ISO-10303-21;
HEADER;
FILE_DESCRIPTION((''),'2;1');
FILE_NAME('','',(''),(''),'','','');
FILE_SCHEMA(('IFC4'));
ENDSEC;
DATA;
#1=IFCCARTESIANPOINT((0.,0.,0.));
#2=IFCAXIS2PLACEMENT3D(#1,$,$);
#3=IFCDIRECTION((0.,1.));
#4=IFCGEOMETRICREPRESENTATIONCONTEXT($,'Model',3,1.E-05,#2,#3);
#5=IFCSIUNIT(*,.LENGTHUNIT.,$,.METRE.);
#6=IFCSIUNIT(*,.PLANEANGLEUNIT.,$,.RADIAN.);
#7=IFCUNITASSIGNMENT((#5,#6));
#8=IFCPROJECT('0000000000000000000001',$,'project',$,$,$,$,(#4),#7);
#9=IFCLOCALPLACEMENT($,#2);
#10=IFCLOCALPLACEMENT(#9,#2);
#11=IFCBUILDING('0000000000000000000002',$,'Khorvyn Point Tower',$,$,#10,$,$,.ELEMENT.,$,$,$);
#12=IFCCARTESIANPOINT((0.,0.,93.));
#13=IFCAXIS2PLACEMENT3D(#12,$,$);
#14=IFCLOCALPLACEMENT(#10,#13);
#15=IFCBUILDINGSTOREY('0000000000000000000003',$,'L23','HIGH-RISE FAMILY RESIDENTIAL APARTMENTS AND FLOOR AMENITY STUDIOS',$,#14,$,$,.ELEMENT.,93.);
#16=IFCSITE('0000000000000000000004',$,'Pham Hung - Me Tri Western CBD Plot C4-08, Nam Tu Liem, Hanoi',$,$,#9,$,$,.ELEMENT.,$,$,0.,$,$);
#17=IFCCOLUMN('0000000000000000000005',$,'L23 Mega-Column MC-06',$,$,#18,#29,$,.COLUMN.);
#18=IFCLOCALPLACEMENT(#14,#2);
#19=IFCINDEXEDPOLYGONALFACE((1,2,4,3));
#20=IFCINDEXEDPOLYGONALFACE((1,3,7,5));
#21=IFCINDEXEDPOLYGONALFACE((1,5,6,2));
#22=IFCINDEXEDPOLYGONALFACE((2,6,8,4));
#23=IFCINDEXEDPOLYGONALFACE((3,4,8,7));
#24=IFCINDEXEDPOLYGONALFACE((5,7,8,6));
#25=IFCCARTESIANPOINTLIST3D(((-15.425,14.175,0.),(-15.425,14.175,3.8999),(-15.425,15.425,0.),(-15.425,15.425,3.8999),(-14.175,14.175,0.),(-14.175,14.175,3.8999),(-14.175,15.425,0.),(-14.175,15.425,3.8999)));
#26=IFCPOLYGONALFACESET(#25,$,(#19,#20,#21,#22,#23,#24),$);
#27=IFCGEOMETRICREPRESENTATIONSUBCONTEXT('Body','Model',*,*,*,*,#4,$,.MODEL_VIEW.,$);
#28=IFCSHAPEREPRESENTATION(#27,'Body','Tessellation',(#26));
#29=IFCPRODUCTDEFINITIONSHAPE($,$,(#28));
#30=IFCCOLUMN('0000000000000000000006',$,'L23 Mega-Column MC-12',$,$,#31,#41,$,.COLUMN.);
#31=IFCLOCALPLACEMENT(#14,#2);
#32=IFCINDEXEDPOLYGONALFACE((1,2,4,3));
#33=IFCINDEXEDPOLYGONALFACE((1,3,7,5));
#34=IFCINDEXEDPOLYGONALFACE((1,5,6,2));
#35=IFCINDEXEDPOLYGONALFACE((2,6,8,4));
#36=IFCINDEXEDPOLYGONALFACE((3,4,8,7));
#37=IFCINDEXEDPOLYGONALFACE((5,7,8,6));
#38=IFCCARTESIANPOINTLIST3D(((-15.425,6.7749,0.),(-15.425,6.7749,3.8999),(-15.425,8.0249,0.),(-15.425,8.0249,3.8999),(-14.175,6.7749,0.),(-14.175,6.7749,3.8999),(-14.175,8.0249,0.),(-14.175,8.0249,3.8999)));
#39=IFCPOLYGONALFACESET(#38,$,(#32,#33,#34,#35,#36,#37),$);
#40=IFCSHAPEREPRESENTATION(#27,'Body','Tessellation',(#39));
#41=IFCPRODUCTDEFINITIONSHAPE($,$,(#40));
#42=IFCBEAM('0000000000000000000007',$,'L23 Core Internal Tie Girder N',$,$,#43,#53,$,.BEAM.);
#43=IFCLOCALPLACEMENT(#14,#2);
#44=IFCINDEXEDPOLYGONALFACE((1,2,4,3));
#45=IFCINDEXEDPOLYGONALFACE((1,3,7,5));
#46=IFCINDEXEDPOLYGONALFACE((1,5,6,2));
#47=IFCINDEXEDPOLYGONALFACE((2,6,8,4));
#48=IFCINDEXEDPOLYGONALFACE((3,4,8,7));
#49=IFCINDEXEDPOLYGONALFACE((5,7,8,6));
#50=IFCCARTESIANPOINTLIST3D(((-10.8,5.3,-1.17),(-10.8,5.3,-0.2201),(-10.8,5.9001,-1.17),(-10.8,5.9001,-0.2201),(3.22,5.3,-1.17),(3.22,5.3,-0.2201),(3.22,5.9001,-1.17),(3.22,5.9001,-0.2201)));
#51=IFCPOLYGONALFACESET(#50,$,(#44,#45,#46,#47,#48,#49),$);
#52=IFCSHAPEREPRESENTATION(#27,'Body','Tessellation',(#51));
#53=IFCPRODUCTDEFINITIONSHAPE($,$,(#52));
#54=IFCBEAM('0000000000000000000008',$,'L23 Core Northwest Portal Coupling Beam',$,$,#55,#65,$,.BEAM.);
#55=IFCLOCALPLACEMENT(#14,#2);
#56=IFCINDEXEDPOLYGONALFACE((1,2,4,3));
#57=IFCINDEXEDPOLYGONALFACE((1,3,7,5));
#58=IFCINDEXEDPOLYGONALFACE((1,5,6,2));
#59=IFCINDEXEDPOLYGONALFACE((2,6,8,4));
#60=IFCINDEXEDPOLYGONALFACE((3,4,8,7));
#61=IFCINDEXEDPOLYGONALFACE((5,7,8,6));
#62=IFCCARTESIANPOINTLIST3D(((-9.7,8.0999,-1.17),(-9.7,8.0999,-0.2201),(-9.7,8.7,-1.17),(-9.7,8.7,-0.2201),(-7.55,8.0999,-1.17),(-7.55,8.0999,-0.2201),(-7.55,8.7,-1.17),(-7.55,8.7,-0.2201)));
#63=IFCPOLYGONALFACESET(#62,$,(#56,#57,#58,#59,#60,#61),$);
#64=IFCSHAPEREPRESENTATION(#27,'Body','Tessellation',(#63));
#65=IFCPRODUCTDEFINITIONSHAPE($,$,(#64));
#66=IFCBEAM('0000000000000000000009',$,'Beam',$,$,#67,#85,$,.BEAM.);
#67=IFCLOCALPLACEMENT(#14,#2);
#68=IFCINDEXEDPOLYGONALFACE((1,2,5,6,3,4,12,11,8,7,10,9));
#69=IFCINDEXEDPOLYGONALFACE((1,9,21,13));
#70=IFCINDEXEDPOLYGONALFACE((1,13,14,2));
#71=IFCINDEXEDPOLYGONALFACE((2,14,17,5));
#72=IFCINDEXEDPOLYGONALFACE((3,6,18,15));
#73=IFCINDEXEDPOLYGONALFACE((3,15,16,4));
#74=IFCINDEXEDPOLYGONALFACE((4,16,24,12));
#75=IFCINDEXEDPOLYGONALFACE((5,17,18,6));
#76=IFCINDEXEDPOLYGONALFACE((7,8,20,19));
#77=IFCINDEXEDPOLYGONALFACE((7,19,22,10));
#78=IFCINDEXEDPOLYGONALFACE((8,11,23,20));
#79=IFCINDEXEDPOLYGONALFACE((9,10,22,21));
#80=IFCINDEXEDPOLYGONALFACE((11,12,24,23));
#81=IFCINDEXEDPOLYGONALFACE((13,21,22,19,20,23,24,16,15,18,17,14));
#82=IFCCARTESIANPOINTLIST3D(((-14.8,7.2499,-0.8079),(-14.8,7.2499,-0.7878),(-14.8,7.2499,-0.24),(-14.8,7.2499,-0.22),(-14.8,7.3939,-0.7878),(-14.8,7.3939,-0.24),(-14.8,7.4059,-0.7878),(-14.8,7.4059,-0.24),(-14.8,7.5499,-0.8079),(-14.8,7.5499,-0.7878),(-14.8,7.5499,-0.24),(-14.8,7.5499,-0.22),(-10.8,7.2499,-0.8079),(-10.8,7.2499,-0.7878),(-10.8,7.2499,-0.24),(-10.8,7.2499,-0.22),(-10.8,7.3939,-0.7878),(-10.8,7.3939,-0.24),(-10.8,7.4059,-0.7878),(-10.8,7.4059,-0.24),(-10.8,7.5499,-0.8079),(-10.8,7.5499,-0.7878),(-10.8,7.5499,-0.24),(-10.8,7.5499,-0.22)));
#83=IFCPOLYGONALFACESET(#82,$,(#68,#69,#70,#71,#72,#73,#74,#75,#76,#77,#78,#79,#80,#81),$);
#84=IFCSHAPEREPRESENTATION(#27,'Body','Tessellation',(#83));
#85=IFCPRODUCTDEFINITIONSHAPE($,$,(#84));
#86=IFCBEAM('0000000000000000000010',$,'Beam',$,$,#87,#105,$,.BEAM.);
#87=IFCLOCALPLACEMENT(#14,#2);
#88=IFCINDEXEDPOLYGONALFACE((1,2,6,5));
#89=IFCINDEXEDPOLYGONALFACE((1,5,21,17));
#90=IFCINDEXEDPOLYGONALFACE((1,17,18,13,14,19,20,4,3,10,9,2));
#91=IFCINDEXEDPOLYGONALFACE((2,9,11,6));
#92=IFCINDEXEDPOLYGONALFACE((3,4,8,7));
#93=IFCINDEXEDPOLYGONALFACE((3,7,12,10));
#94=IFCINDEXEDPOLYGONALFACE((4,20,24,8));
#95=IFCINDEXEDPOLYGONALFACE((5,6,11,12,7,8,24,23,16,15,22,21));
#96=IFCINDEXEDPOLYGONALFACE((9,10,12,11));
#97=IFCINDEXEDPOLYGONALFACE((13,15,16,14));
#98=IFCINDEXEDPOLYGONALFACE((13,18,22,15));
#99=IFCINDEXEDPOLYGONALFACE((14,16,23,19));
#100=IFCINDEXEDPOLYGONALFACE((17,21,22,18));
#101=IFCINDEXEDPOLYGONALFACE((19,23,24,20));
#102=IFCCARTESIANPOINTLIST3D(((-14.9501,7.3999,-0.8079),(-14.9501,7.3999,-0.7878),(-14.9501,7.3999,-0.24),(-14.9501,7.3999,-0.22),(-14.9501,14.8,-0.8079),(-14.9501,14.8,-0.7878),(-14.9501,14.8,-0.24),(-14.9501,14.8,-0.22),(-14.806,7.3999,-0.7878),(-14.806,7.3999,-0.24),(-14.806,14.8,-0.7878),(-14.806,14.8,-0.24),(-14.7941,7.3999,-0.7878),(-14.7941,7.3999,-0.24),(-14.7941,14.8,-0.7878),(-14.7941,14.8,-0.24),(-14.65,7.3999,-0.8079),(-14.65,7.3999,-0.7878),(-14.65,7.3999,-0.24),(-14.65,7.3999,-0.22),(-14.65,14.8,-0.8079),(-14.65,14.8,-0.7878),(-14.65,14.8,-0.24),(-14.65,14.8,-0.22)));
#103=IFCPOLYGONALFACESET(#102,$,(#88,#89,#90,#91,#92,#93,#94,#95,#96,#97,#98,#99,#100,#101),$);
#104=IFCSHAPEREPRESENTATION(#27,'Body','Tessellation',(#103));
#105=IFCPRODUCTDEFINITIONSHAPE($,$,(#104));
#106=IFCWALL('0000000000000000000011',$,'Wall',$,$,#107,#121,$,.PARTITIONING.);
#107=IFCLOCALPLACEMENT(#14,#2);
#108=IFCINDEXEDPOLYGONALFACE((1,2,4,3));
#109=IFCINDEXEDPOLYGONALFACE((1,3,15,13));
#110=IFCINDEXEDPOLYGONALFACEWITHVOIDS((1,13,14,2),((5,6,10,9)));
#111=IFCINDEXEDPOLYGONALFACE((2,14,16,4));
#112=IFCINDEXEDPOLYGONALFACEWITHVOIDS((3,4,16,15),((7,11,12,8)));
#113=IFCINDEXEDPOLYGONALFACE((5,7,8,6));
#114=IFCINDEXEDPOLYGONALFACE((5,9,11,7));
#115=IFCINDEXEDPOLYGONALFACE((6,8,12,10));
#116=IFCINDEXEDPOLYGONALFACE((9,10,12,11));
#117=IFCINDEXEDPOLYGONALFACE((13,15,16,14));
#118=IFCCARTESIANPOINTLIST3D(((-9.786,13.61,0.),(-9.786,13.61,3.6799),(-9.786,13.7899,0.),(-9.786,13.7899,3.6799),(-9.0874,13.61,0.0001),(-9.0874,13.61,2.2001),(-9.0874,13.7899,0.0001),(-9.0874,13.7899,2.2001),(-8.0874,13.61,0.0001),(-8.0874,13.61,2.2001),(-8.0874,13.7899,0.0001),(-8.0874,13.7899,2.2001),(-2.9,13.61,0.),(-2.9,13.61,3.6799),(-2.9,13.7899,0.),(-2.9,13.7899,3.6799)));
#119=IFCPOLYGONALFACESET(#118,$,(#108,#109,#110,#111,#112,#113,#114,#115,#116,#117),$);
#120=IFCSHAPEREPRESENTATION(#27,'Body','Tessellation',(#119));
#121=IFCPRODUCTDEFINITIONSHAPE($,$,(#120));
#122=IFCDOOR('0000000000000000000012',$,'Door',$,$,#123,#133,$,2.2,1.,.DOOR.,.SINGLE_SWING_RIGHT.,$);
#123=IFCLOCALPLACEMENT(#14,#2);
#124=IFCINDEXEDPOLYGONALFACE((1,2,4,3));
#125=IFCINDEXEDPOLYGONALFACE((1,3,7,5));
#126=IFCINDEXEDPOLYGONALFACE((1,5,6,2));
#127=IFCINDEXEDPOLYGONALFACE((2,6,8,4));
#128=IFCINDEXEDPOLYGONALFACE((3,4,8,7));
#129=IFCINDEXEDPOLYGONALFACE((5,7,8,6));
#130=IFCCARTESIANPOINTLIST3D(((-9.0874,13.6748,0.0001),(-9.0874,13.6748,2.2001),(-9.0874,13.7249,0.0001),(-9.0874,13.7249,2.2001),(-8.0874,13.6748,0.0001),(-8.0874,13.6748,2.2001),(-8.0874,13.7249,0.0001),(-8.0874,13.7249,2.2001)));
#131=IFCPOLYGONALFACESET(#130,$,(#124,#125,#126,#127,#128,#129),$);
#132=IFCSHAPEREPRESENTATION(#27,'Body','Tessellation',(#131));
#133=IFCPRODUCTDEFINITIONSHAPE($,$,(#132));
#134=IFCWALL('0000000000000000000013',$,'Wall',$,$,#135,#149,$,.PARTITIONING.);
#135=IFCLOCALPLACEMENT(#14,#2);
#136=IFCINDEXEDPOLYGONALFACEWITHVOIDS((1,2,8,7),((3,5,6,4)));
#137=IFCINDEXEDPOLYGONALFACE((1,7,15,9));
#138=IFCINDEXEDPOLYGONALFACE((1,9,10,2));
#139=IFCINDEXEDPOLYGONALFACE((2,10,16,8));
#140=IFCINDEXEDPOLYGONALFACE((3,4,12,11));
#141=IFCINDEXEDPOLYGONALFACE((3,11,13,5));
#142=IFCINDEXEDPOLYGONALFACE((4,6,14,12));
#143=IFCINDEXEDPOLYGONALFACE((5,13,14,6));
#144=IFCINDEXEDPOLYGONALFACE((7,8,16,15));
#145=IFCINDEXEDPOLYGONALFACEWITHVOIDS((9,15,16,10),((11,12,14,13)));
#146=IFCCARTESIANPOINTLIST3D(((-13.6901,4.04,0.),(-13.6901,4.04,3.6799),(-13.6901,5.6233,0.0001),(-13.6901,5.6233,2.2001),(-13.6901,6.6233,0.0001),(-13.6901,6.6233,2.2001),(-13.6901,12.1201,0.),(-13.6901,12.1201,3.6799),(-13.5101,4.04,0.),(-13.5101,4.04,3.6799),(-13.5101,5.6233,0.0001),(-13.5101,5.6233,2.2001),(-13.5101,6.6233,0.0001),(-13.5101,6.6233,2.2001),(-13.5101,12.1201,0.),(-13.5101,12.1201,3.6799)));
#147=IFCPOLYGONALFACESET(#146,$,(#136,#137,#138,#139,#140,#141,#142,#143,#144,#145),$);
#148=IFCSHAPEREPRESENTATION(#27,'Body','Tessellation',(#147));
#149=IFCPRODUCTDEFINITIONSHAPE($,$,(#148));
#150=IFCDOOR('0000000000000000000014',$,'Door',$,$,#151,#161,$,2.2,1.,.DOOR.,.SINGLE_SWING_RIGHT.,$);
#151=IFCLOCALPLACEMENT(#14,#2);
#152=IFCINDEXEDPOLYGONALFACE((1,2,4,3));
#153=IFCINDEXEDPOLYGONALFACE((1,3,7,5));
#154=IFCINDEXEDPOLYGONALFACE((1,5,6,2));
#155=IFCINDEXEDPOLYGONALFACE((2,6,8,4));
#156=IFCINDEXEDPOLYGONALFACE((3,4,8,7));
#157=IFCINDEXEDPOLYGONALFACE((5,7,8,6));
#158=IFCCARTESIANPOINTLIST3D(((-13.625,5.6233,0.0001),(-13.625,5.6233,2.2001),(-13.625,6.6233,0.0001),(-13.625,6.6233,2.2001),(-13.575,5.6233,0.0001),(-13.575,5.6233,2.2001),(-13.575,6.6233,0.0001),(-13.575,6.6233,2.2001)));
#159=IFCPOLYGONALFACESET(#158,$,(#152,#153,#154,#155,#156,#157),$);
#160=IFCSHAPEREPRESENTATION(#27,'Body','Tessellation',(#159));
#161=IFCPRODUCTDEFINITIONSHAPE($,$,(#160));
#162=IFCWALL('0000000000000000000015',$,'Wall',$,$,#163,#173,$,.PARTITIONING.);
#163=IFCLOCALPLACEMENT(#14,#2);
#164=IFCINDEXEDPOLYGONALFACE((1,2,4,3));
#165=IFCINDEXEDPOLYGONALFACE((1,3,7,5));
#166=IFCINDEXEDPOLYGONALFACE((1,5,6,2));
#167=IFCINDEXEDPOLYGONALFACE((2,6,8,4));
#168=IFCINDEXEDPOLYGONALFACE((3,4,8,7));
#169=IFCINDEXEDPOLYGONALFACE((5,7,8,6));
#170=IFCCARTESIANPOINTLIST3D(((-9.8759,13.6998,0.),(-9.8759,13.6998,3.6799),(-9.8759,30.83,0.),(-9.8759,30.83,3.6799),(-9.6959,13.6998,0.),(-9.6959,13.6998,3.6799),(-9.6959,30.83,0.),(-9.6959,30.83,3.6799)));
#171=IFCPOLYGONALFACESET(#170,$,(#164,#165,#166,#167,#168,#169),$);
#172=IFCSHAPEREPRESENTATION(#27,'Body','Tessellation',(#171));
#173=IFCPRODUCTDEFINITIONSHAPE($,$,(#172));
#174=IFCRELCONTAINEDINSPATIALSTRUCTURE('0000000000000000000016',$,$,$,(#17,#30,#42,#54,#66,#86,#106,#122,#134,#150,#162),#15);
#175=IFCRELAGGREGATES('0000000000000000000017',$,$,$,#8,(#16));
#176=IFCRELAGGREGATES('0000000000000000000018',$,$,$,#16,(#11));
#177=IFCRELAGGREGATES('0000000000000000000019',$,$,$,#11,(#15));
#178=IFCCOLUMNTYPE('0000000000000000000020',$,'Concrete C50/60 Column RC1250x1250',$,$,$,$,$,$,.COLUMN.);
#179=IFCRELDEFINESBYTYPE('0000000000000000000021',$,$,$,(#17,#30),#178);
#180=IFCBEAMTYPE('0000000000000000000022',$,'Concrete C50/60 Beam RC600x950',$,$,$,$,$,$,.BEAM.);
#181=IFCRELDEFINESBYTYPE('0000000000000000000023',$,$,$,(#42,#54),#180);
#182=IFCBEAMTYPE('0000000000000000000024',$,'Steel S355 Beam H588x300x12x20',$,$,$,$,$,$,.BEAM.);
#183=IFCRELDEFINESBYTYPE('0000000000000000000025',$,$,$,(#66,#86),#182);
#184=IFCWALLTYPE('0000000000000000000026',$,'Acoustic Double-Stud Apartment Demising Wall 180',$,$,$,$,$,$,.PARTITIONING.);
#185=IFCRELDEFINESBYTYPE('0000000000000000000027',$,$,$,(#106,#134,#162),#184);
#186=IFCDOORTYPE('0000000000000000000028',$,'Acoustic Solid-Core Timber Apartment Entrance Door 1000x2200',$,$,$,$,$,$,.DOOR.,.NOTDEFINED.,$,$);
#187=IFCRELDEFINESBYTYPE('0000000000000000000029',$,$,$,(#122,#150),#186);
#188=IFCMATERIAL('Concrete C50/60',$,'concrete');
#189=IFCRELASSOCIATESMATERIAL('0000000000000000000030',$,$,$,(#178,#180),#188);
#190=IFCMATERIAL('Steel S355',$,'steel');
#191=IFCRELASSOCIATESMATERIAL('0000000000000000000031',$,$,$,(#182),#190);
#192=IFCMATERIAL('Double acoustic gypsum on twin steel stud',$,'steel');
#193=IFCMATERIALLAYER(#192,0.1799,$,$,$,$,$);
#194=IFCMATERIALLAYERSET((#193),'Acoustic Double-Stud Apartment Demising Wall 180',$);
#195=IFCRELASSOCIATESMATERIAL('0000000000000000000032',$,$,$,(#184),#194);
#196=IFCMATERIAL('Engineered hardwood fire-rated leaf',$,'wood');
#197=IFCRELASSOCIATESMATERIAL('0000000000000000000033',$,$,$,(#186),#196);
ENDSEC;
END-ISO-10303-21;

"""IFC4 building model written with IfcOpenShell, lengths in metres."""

from ifc_helpers import new_model, si_unit, direction, frame, frame_2d, origin, origin_2d, place, context, subcontext, project, spatial, rectangle, i_section, extrude, material, layer, layer_set, material_profile, profile_set, type_object, element, fill, save


model = new_model("IFC4")

# Units and contexts
model_context = context("Model", 3, precision=1e-05, world=origin(), true_north=direction((0.0, 1.0)))
body_context = subcontext(model_context, "Body", "Model", "MODEL_VIEW")
ifc_project = project(units=[si_unit("LENGTHUNIT", "METRE"), si_unit("PLANEANGLEUNIT", "RADIAN")], contexts=[model_context])

# Site, building, storey
site_placement = place(None, origin())
site = spatial("IfcSite", under=ifc_project, at=site_placement, Name="Pham Hung - Me Tri Western CBD Plot C4-08, Nam Tu Liem, Hanoi", CompositionType="ELEMENT", RefElevation=0.0)
building_placement = place(site_placement, origin())
building = spatial("IfcBuilding", under=site, at=building_placement, Name="Khorvyn Point Tower", CompositionType="ELEMENT")
storey_placement = place(building_placement, frame((0.0, 0.0, 93.0)))
storey = spatial("IfcBuildingStorey", under=building, at=storey_placement, Name="L23", Description="HIGH-RISE FAMILY RESIDENTIAL APARTMENTS AND FLOOR AMENITY STUDIOS", CompositionType="ELEMENT", Elevation=93.0)

# Columns
ifc_material_1 = material(Name="Concrete C50/60", Category="concrete")
ifc_material_profile_1 = material_profile(ifc_material_1, rectangle(XDim=1.25, YDim=1.25, at=origin_2d()))
ifc_profile_set_1 = profile_set([ifc_material_profile_1], Name="Concrete C50/60 RC1250x1250")
column_type = type_object("IfcColumnType", Name="Concrete C50/60 Column RC1250x1250", PredefinedType="COLUMN", material=ifc_profile_set_1)
for number, where, z_axis, x_axis, name in (
    (1, (-14.8, 14.8, 0.0), (0.0, 0.0, 1.0), (1.0, 0.0, 0.0), "L23 Mega-Column MC-06"),
    (2, (-14.8, 7.3999, 0.0), (0.0, 0.0, 1.0), (1.0, 0.0, 0.0), "L23 Mega-Column MC-12"),
):
    element("IfcColumn", number, at=place(storey_placement, frame(where, z_axis=z_axis, x_axis=x_axis)), inside=storey, type_object=column_type, Name=name, PredefinedType="COLUMN", context=body_context, shape_type="SweptSolid", body=[
        extrude(rectangle(XDim=1.25, YDim=1.25, at=origin_2d()), origin(), (0.0, 0.0, 1.0), 3.8999),
    ])

# Beams
ifc_material_profile_2 = material_profile(ifc_material_1, rectangle(XDim=0.6001, YDim=0.95, at=origin_2d()))
ifc_profile_set_2 = profile_set([ifc_material_profile_2], Name="Concrete C50/60 RC600x950")
beam_type_1 = type_object("IfcBeamType", Name="Concrete C50/60 Beam RC600x950", PredefinedType="BEAM", material=ifc_profile_set_2)
beam_1_placement = place(storey_placement, frame((-10.8, 5.6001, -0.6951), z_axis=(1.0, 0.0, 0.0), x_axis=(0.0, 1.0, 0.0)))
element("IfcBeam", 3, at=beam_1_placement, inside=storey, type_object=beam_type_1, Name="L23 Core Internal Tie Girder N", PredefinedType="BEAM", context=body_context, shape_type="SweptSolid", body=[
    extrude(rectangle(XDim=0.6001, YDim=0.95, at=origin_2d()), origin(), (0.0, 0.0, 1.0), 14.02),
])
beam_2_placement = place(storey_placement, frame((-9.7, 8.3999, -0.6951), z_axis=(1.0, 0.0, 0.0), x_axis=(0.0, 1.0, 0.0)))
element("IfcBeam", 4, at=beam_2_placement, inside=storey, type_object=beam_type_1, Name="L23 Core Northwest Portal Coupling Beam", PredefinedType="BEAM", context=body_context, shape_type="SweptSolid", body=[
    extrude(rectangle(XDim=0.6001, YDim=0.95, at=origin_2d()), origin(), (0.0, 0.0, 1.0), 2.1499),
])
ifc_material_2 = material(Name="Steel S355", Category="steel")
ifc_material_profile_3 = material_profile(ifc_material_2, i_section(OverallWidth=0.3, OverallDepth=0.5879, WebThickness=0.012, FlangeThickness=0.02, at=origin_2d()))
ifc_profile_set_3 = profile_set([ifc_material_profile_3], Name="Steel S355 H588x300x12x20")
beam_type_2 = type_object("IfcBeamType", Name="Steel S355 Beam H588x300x12x20", PredefinedType="BEAM", material=ifc_profile_set_3)
beam_3_placement = place(storey_placement, frame((-14.8, 7.3999, -0.5139), z_axis=(1.0, 0.0, 0.0), x_axis=(0.0, 1.0, 0.0)))
element("IfcBeam", 5, at=beam_3_placement, inside=storey, type_object=beam_type_2, Name="Beam", PredefinedType="BEAM", context=body_context, shape_type="SweptSolid", body=[
    extrude(i_section(OverallWidth=0.3, OverallDepth=0.5879, WebThickness=0.012, FlangeThickness=0.02, at=origin_2d()), origin(), (0.0, 0.0, 1.0), 4.0),
])
beam_4_placement = place(storey_placement, frame((-14.8, 7.3999, -0.5139), z_axis=(0.0, 1.0, 0.0), x_axis=(-1.0, 0.0, 0.0)))
element("IfcBeam", 6, at=beam_4_placement, inside=storey, type_object=beam_type_2, Name="Beam", PredefinedType="BEAM", context=body_context, shape_type="SweptSolid", body=[
    extrude(i_section(OverallWidth=0.3, OverallDepth=0.5879, WebThickness=0.012, FlangeThickness=0.02, at=origin_2d()), origin(), (0.0, 0.0, 1.0), 7.4001),
])

# Walls, openings, doors
ifc_material_3 = material(Name="Double acoustic gypsum on twin steel stud", Category="steel")
ifc_layer_1 = layer(ifc_material_3, 0.1799)
ifc_layer_set_1 = layer_set([ifc_layer_1], Name="Acoustic Double-Stud Apartment Demising Wall 180")
wall_type_1 = type_object("IfcWallType", Name="Acoustic Double-Stud Apartment Demising Wall 180", PredefinedType="PARTITIONING", material=ifc_layer_set_1)
wall_1_placement = place(storey_placement, frame((-9.7859, 13.7, 0.0), z_axis=(0.0, 0.0, 1.0), x_axis=(1.0, 0.0, 0.0)))
wall_1 = element("IfcWall", 7, at=wall_1_placement, inside=storey, type_object=wall_type_1, Name="Wall", PredefinedType="PARTITIONING", context=body_context, shape_type="SweptSolid", body=[
    extrude(rectangle(XDim=6.886, YDim=0.1799, at=frame_2d((3.4429, 0.0))), origin(), (0.0, 0.0, 1.0), 3.6799),
])
opening_1_placement = place(wall_1_placement, frame((0.6985, 0.0, 0.0)))
opening_1 = element("IfcOpeningElement", 8, at=opening_1_placement, cuts=wall_1, PredefinedType="OPENING", context=body_context, shape_type="SweptSolid", body=[
    extrude(rectangle(XDim=1.0, YDim=2.2, at=frame_2d((0.5, 1.1001))), frame((0.0, 0.0999, 0.0), z_axis=(0.0, -1.0, 0.0), x_axis=(1.0, 0.0, 0.0)), (0.0, 0.0, 1.0), 0.2),
])
ifc_material_4 = material(Name="Engineered hardwood fire-rated leaf", Category="wood")
door_type_1 = type_object("IfcDoorType", Name="Acoustic Solid-Core Timber Apartment Entrance Door 1000x2200", OperationType="NOTDEFINED", PredefinedType="DOOR", material=ifc_material_4)
door_1_placement = place(opening_1_placement, origin())
door_1 = element("IfcDoor", 9, at=door_1_placement, inside=storey, type_object=door_type_1, Name="Door", OperationType="SINGLE_SWING_RIGHT", OverallHeight=2.2, OverallWidth=1.0, PredefinedType="DOOR", context=body_context, shape_type="SweptSolid", body=[
    extrude(rectangle(XDim=1.0, YDim=2.2, at=frame_2d((0.5, 1.1001))), frame((0.0, 0.0249, 0.0), z_axis=(0.0, -1.0, 0.0), x_axis=(1.0, 0.0, 0.0)), (0.0, 0.0, 1.0), 0.05),
])
fill(opening_1, door_1)
wall_2_placement = place(storey_placement, frame((-13.6001, 4.04, 0.0), z_axis=(0.0, 0.0, 1.0), x_axis=(0.0, 1.0, 0.0)))
wall_2 = element("IfcWall", 10, at=wall_2_placement, inside=storey, type_object=wall_type_1, Name="Wall", PredefinedType="PARTITIONING", context=body_context, shape_type="SweptSolid", body=[
    extrude(rectangle(XDim=8.0801, YDim=0.1799, at=frame_2d((4.04, 0.0))), origin(), (0.0, 0.0, 1.0), 3.6799),
])
opening_2_placement = place(wall_2_placement, frame((1.5833, 0.0, 0.0)))
opening_2 = element("IfcOpeningElement", 11, at=opening_2_placement, cuts=wall_2, PredefinedType="OPENING", context=body_context, shape_type="SweptSolid", body=[
    extrude(rectangle(XDim=1.0, YDim=2.2, at=frame_2d((0.5, 1.1001))), frame((0.0, 0.0999, 0.0), z_axis=(0.0, -1.0, 0.0), x_axis=(1.0, 0.0, 0.0)), (0.0, 0.0, 1.0), 0.2),
])
door_2_placement = place(opening_2_placement, origin())
door_2 = element("IfcDoor", 12, at=door_2_placement, inside=storey, type_object=door_type_1, Name="Door", OperationType="SINGLE_SWING_RIGHT", OverallHeight=2.2, OverallWidth=1.0, PredefinedType="DOOR", context=body_context, shape_type="SweptSolid", body=[
    extrude(rectangle(XDim=1.0, YDim=2.2, at=frame_2d((0.5, 1.1001))), frame((0.0, 0.0249, 0.0), z_axis=(0.0, -1.0, 0.0), x_axis=(1.0, 0.0, 0.0)), (0.0, 0.0, 1.0), 0.05),
])
fill(opening_2, door_2)

# Wall
wall_3_placement = place(storey_placement, frame((-9.7859, 13.7, 0.0), z_axis=(0.0, 0.0, 1.0), x_axis=(0.0, 1.0, 0.0)))
element("IfcWall", 13, at=wall_3_placement, inside=storey, type_object=wall_type_1, Name="Wall", PredefinedType="PARTITIONING", context=body_context, shape_type="SweptSolid", body=[
    extrude(rectangle(XDim=17.1301, YDim=0.1799, at=frame_2d((8.5649, 0.0))), origin(), (0.0, 0.0, 1.0), 3.6799),
])

save(model, "model.ifc")
